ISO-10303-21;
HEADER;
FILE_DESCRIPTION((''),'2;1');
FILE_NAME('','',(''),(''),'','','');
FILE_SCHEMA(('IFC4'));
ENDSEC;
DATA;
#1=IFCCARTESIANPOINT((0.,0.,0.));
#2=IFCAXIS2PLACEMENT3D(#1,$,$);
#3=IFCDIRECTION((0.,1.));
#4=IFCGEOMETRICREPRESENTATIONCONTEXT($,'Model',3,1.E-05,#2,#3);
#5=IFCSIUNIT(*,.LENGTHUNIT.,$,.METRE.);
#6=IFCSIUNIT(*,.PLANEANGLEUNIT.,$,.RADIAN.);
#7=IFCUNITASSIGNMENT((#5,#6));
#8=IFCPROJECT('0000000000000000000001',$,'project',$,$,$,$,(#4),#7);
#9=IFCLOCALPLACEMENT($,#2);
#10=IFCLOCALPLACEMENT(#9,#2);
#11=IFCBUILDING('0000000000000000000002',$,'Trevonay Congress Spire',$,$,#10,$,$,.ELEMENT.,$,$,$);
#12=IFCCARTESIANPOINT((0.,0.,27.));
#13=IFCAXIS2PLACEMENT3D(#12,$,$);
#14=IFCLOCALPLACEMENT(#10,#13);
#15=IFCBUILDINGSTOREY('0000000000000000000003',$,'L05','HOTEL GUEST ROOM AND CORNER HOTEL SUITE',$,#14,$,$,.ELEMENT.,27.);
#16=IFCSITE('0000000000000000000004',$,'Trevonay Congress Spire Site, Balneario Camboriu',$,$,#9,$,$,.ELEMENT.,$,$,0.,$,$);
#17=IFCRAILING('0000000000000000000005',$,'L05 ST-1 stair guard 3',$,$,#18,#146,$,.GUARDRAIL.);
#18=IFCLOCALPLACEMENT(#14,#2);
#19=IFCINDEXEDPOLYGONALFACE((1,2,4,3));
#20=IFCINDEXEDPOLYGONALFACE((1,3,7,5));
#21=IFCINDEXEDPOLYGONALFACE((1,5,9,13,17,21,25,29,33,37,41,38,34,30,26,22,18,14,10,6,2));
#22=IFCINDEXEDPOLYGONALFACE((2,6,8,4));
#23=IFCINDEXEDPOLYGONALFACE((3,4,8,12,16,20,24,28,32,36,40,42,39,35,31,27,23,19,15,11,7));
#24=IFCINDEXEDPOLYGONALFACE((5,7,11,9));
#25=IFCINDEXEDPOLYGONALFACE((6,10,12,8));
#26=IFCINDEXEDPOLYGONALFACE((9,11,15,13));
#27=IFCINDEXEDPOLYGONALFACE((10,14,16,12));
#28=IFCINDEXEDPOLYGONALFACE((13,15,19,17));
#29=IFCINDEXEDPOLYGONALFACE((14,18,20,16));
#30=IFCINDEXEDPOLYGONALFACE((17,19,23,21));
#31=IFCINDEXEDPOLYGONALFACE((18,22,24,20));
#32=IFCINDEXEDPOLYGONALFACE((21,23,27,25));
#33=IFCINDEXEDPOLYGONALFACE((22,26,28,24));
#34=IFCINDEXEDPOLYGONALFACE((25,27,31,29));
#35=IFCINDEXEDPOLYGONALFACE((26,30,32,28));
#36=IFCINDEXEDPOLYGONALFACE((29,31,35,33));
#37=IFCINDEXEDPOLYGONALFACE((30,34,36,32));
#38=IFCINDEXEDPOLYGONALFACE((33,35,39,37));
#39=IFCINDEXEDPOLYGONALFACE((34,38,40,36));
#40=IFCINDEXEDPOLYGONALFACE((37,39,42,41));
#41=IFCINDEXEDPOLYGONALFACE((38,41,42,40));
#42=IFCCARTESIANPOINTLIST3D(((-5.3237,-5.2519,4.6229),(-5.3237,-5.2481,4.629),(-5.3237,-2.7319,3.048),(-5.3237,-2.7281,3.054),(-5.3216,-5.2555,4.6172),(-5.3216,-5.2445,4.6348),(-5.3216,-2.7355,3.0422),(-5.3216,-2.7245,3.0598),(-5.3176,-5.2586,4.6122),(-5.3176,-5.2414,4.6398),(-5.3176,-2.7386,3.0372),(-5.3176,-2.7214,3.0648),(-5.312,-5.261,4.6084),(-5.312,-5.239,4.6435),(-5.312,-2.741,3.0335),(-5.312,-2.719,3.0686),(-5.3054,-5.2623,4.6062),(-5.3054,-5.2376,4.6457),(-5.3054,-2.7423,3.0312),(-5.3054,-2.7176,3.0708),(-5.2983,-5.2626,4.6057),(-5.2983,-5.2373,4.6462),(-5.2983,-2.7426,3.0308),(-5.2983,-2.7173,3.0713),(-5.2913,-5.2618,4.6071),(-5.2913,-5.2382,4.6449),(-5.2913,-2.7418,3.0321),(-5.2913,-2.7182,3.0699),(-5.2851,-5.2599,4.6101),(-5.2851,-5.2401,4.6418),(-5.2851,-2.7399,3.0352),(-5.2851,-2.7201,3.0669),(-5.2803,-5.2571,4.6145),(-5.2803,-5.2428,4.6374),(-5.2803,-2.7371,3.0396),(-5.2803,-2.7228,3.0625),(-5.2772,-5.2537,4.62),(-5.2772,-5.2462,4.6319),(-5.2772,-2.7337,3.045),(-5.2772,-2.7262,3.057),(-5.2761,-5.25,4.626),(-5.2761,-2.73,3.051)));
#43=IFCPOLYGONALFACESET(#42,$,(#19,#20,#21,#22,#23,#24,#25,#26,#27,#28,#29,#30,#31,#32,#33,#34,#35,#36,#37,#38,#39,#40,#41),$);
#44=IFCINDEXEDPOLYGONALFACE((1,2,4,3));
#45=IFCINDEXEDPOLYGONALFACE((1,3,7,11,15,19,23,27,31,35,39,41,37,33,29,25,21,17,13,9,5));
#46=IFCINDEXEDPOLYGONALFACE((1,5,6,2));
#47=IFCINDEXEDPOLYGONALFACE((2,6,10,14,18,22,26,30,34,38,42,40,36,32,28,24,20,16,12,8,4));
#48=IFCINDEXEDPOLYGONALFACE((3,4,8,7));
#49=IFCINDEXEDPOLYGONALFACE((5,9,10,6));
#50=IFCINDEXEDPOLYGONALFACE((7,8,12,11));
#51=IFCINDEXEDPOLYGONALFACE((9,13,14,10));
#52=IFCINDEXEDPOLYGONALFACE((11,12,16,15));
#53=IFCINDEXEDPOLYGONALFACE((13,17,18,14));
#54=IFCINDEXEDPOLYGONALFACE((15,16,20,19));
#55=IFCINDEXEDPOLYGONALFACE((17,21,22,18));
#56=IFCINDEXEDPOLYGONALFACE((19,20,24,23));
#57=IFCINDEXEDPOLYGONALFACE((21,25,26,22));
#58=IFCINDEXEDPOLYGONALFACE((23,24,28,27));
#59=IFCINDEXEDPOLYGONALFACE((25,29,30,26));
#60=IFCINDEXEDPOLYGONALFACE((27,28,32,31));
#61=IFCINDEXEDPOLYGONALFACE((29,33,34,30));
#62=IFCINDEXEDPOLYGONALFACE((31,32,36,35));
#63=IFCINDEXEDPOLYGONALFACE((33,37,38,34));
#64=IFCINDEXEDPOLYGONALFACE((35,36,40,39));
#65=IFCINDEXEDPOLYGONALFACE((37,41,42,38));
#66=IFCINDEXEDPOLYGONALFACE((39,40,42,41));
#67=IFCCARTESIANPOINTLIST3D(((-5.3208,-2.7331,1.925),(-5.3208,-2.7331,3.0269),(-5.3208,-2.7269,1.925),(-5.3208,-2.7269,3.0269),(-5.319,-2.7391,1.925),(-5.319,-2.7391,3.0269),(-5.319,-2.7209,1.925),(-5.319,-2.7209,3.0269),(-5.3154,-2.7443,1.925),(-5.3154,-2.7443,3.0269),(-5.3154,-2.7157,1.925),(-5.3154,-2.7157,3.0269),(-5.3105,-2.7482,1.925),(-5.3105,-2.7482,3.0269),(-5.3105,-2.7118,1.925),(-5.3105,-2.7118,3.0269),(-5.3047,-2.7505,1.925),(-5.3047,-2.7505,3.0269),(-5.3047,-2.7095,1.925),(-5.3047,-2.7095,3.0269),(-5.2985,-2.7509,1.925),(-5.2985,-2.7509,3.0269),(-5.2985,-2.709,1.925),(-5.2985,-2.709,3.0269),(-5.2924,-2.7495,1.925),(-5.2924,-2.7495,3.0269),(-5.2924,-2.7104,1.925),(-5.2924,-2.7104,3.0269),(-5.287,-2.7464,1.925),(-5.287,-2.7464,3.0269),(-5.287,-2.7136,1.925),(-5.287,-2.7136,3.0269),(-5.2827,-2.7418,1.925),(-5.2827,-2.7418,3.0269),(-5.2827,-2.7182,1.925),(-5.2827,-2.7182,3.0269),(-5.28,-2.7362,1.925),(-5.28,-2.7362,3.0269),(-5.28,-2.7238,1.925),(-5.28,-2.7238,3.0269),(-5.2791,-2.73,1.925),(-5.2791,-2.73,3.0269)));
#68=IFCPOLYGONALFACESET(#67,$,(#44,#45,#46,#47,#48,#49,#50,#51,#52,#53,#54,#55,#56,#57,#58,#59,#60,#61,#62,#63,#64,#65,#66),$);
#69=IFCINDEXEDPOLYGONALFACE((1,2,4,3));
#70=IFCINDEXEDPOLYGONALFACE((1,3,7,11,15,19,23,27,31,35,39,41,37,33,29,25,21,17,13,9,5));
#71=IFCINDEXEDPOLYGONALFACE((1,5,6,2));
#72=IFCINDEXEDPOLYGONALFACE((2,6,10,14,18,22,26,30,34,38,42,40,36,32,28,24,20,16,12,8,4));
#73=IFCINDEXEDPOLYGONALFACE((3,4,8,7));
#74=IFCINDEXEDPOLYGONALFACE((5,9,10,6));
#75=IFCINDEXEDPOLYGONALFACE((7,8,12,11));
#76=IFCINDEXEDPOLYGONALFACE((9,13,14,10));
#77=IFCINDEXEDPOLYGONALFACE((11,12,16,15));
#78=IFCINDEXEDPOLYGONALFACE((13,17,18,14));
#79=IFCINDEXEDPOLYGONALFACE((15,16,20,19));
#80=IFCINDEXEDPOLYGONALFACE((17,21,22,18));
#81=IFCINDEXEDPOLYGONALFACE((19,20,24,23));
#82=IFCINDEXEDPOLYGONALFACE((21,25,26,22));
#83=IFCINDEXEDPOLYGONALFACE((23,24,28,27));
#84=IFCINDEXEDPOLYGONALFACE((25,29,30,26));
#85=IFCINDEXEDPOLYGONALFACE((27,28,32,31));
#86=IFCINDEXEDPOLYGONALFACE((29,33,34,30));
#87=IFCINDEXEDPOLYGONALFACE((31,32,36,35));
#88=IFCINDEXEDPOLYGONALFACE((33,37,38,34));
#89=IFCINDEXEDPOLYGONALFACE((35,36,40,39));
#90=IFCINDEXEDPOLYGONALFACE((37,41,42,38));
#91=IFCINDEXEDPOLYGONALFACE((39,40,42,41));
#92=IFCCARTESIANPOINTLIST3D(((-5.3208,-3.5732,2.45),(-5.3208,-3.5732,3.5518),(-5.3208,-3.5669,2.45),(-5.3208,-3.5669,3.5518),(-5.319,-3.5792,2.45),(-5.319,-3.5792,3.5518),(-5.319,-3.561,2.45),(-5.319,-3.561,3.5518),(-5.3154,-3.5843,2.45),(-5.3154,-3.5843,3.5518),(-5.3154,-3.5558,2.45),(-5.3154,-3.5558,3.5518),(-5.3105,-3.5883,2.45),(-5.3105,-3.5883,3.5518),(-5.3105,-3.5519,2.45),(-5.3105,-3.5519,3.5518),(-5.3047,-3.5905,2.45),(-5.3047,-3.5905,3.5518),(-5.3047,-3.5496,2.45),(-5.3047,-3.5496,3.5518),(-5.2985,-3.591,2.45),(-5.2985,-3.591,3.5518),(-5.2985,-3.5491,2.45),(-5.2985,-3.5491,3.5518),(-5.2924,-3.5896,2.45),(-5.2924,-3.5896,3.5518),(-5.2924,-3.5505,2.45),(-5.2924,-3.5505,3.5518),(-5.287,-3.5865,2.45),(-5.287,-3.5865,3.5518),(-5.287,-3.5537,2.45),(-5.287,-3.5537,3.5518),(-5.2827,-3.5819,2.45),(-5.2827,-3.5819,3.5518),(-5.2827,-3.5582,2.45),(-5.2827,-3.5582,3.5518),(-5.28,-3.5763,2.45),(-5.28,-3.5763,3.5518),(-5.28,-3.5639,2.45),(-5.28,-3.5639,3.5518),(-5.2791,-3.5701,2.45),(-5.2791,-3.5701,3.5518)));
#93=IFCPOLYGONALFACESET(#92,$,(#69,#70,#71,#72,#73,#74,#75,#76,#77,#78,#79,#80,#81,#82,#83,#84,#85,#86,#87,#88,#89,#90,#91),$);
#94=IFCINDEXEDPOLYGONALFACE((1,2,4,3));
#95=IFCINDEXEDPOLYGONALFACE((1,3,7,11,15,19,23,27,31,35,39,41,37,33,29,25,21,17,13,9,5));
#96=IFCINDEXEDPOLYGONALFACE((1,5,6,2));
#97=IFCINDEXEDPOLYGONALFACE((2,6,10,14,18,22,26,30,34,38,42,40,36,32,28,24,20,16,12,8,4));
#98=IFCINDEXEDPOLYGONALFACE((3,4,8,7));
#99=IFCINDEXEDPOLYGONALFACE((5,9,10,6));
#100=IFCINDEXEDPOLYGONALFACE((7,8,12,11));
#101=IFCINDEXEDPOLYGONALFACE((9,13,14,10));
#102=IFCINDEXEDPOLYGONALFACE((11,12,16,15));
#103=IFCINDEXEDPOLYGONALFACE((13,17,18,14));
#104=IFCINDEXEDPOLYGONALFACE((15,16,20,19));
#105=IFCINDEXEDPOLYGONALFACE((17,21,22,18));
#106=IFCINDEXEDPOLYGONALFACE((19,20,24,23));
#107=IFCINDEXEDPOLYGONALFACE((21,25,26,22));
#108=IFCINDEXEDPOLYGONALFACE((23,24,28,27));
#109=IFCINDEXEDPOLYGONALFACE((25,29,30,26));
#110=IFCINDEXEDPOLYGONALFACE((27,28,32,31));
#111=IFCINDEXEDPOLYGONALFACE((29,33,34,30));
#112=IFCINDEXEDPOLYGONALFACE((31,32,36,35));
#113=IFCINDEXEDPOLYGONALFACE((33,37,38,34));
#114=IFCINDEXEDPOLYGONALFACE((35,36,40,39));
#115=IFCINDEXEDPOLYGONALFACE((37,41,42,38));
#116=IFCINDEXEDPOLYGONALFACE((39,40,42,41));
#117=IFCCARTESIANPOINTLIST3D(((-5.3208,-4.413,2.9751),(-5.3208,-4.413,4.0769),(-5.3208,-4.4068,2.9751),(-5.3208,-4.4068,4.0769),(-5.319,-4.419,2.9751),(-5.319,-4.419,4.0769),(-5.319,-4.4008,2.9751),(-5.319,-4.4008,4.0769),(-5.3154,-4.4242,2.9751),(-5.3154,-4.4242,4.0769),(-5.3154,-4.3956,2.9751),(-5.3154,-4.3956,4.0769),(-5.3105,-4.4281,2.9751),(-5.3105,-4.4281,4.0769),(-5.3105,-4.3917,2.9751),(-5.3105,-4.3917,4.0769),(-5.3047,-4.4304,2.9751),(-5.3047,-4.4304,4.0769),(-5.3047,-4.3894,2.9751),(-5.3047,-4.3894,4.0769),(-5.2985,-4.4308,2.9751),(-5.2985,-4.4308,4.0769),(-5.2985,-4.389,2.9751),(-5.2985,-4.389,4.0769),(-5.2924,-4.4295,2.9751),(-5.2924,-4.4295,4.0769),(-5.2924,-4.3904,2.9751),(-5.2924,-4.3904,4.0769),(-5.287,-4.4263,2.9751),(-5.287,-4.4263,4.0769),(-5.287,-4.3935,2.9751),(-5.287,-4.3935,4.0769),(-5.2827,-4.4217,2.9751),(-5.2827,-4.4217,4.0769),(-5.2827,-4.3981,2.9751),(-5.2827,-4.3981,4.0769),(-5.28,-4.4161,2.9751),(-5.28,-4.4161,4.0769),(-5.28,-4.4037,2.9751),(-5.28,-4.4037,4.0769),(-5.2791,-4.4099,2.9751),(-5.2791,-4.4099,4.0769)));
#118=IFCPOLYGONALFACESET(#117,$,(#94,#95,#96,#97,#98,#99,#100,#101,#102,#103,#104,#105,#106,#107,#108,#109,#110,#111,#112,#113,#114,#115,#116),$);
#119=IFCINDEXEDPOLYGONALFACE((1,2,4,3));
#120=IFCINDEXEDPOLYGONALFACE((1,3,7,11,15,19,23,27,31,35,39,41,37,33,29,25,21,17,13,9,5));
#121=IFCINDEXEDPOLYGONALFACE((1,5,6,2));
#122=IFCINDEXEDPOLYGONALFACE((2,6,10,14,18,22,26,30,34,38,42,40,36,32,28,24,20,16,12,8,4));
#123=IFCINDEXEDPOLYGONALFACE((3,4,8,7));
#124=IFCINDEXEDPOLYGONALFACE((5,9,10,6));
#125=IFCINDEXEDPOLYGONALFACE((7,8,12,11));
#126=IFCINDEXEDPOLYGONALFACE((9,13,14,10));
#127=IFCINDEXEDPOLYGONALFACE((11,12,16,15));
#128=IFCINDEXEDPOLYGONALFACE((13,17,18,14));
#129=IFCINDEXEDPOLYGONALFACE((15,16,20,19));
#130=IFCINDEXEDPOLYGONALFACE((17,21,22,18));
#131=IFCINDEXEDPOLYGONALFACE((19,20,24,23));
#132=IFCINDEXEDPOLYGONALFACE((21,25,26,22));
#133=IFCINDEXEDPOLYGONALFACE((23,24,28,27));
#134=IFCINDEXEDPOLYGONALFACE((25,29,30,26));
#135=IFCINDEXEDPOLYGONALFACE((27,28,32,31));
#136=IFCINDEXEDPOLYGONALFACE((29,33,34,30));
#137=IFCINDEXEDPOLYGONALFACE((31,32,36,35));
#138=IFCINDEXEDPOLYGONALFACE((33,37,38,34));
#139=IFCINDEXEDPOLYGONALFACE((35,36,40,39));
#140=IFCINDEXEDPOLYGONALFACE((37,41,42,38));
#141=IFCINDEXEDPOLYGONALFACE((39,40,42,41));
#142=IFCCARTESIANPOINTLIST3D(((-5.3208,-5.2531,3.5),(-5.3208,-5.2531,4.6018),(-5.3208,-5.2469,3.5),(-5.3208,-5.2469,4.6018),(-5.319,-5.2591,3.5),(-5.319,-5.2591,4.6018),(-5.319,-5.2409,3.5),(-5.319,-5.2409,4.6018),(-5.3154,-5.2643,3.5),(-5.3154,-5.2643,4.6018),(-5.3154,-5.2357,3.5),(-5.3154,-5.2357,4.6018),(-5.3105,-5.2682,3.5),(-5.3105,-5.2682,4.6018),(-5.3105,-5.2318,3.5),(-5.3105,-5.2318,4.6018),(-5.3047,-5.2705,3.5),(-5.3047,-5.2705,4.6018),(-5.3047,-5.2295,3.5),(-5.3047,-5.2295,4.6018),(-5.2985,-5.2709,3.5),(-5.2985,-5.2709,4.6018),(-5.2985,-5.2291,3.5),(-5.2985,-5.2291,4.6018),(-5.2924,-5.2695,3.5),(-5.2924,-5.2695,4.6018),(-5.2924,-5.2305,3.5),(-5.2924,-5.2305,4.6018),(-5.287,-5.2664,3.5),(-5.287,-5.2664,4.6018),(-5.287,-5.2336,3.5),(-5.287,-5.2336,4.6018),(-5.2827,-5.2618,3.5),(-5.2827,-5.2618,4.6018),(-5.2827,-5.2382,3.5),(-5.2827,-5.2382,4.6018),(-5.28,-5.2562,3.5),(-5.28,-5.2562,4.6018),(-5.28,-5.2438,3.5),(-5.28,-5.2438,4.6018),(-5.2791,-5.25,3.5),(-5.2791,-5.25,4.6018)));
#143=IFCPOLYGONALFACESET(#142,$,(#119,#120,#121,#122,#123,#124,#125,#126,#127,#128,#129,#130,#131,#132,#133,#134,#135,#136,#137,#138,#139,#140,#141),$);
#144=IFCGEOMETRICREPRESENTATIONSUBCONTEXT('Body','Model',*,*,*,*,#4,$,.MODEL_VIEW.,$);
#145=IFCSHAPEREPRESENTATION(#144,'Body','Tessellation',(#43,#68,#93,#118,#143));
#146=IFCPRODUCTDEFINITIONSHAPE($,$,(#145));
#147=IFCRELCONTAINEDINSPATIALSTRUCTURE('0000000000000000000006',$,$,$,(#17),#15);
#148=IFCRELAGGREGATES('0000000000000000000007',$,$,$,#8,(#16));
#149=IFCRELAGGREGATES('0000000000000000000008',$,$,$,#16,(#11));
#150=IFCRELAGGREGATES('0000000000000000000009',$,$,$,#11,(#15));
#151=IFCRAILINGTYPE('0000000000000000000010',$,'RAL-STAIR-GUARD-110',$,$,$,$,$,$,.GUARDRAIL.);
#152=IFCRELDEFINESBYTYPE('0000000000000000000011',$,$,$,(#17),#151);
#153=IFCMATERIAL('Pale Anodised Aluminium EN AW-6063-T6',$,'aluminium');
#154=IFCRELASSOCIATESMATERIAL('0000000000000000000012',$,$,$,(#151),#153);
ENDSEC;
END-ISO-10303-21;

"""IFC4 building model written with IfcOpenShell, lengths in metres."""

from ifc_helpers import new_model, si_unit, direction, frame, origin, origin_2d, place, context, subcontext, project, spatial, circle, extrude, material, type_object, element, save


model = new_model("IFC4")

# Units and contexts
model_context = context("Model", 3, precision=1e-05, world=origin(), true_north=direction((0.0, 1.0)))
body_context = subcontext(model_context, "Body", "Model", "MODEL_VIEW")
ifc_project = project(units=[si_unit("LENGTHUNIT", "METRE"), si_unit("PLANEANGLEUNIT", "RADIAN")], contexts=[model_context])

# Site, building, storey
site_placement = place(None, origin())
site = spatial("IfcSite", under=ifc_project, at=site_placement, Name="Trevonay Congress Spire Site, Balneario Camboriu", CompositionType="ELEMENT", RefElevation=0.0)
building_placement = place(site_placement, origin())
building = spatial("IfcBuilding", under=site, at=building_placement, Name="Trevonay Congress Spire", CompositionType="ELEMENT")
storey_placement = place(building_placement, frame((0.0, 0.0, 27.0)))
storey = spatial("IfcBuildingStorey", under=building, at=storey_placement, Name="L05", Description="HOTEL GUEST ROOM AND CORNER HOTEL SUITE", CompositionType="ELEMENT", Elevation=27.0)

# Shared definitions
ifc_material_1 = material(Name="Pale Anodised Aluminium EN AW-6063-T6", Category="aluminium")

# Railing
railing_type_1 = type_object("IfcRailingType", Name="RAL-STAIR-GUARD-110", PredefinedType="GUARDRAIL", material=ifc_material_1)
railing_1_placement = place(storey_placement, frame((-5.3, -2.73, 1.925)))
element("IfcRailing", 1, at=railing_1_placement, inside=storey, type_object=railing_type_1, Name="L05 ST-1 stair guard 3", PredefinedType="GUARDRAIL", context=body_context, shape_type="SweptSolid", body=[
    extrude(circle(Radius=0.0239, at=origin_2d()), frame((0.0, 0.0, 1.126), z_axis=(0.0, -0.848008, 0.529984), x_axis=(1.0, 0.0, 0.0)), (0.0, 0.0, 1.0), 2.9717),
    extrude(circle(Radius=0.021, at=origin_2d()), origin(), (0.0, 0.0, 1.0), 1.1018),
    extrude(circle(Radius=0.021, at=origin_2d()), frame((0.0, -0.8401, 0.5249)), (0.0, 0.0, 1.0), 1.1018),
    extrude(circle(Radius=0.021, at=origin_2d()), frame((0.0, -1.6799, 1.05)), (0.0, 0.0, 1.0), 1.1018),
    extrude(circle(Radius=0.021, at=origin_2d()), frame((0.0, -2.52, 1.575)), (0.0, 0.0, 1.0), 1.1018),
])

save(model, "model.ifc")
